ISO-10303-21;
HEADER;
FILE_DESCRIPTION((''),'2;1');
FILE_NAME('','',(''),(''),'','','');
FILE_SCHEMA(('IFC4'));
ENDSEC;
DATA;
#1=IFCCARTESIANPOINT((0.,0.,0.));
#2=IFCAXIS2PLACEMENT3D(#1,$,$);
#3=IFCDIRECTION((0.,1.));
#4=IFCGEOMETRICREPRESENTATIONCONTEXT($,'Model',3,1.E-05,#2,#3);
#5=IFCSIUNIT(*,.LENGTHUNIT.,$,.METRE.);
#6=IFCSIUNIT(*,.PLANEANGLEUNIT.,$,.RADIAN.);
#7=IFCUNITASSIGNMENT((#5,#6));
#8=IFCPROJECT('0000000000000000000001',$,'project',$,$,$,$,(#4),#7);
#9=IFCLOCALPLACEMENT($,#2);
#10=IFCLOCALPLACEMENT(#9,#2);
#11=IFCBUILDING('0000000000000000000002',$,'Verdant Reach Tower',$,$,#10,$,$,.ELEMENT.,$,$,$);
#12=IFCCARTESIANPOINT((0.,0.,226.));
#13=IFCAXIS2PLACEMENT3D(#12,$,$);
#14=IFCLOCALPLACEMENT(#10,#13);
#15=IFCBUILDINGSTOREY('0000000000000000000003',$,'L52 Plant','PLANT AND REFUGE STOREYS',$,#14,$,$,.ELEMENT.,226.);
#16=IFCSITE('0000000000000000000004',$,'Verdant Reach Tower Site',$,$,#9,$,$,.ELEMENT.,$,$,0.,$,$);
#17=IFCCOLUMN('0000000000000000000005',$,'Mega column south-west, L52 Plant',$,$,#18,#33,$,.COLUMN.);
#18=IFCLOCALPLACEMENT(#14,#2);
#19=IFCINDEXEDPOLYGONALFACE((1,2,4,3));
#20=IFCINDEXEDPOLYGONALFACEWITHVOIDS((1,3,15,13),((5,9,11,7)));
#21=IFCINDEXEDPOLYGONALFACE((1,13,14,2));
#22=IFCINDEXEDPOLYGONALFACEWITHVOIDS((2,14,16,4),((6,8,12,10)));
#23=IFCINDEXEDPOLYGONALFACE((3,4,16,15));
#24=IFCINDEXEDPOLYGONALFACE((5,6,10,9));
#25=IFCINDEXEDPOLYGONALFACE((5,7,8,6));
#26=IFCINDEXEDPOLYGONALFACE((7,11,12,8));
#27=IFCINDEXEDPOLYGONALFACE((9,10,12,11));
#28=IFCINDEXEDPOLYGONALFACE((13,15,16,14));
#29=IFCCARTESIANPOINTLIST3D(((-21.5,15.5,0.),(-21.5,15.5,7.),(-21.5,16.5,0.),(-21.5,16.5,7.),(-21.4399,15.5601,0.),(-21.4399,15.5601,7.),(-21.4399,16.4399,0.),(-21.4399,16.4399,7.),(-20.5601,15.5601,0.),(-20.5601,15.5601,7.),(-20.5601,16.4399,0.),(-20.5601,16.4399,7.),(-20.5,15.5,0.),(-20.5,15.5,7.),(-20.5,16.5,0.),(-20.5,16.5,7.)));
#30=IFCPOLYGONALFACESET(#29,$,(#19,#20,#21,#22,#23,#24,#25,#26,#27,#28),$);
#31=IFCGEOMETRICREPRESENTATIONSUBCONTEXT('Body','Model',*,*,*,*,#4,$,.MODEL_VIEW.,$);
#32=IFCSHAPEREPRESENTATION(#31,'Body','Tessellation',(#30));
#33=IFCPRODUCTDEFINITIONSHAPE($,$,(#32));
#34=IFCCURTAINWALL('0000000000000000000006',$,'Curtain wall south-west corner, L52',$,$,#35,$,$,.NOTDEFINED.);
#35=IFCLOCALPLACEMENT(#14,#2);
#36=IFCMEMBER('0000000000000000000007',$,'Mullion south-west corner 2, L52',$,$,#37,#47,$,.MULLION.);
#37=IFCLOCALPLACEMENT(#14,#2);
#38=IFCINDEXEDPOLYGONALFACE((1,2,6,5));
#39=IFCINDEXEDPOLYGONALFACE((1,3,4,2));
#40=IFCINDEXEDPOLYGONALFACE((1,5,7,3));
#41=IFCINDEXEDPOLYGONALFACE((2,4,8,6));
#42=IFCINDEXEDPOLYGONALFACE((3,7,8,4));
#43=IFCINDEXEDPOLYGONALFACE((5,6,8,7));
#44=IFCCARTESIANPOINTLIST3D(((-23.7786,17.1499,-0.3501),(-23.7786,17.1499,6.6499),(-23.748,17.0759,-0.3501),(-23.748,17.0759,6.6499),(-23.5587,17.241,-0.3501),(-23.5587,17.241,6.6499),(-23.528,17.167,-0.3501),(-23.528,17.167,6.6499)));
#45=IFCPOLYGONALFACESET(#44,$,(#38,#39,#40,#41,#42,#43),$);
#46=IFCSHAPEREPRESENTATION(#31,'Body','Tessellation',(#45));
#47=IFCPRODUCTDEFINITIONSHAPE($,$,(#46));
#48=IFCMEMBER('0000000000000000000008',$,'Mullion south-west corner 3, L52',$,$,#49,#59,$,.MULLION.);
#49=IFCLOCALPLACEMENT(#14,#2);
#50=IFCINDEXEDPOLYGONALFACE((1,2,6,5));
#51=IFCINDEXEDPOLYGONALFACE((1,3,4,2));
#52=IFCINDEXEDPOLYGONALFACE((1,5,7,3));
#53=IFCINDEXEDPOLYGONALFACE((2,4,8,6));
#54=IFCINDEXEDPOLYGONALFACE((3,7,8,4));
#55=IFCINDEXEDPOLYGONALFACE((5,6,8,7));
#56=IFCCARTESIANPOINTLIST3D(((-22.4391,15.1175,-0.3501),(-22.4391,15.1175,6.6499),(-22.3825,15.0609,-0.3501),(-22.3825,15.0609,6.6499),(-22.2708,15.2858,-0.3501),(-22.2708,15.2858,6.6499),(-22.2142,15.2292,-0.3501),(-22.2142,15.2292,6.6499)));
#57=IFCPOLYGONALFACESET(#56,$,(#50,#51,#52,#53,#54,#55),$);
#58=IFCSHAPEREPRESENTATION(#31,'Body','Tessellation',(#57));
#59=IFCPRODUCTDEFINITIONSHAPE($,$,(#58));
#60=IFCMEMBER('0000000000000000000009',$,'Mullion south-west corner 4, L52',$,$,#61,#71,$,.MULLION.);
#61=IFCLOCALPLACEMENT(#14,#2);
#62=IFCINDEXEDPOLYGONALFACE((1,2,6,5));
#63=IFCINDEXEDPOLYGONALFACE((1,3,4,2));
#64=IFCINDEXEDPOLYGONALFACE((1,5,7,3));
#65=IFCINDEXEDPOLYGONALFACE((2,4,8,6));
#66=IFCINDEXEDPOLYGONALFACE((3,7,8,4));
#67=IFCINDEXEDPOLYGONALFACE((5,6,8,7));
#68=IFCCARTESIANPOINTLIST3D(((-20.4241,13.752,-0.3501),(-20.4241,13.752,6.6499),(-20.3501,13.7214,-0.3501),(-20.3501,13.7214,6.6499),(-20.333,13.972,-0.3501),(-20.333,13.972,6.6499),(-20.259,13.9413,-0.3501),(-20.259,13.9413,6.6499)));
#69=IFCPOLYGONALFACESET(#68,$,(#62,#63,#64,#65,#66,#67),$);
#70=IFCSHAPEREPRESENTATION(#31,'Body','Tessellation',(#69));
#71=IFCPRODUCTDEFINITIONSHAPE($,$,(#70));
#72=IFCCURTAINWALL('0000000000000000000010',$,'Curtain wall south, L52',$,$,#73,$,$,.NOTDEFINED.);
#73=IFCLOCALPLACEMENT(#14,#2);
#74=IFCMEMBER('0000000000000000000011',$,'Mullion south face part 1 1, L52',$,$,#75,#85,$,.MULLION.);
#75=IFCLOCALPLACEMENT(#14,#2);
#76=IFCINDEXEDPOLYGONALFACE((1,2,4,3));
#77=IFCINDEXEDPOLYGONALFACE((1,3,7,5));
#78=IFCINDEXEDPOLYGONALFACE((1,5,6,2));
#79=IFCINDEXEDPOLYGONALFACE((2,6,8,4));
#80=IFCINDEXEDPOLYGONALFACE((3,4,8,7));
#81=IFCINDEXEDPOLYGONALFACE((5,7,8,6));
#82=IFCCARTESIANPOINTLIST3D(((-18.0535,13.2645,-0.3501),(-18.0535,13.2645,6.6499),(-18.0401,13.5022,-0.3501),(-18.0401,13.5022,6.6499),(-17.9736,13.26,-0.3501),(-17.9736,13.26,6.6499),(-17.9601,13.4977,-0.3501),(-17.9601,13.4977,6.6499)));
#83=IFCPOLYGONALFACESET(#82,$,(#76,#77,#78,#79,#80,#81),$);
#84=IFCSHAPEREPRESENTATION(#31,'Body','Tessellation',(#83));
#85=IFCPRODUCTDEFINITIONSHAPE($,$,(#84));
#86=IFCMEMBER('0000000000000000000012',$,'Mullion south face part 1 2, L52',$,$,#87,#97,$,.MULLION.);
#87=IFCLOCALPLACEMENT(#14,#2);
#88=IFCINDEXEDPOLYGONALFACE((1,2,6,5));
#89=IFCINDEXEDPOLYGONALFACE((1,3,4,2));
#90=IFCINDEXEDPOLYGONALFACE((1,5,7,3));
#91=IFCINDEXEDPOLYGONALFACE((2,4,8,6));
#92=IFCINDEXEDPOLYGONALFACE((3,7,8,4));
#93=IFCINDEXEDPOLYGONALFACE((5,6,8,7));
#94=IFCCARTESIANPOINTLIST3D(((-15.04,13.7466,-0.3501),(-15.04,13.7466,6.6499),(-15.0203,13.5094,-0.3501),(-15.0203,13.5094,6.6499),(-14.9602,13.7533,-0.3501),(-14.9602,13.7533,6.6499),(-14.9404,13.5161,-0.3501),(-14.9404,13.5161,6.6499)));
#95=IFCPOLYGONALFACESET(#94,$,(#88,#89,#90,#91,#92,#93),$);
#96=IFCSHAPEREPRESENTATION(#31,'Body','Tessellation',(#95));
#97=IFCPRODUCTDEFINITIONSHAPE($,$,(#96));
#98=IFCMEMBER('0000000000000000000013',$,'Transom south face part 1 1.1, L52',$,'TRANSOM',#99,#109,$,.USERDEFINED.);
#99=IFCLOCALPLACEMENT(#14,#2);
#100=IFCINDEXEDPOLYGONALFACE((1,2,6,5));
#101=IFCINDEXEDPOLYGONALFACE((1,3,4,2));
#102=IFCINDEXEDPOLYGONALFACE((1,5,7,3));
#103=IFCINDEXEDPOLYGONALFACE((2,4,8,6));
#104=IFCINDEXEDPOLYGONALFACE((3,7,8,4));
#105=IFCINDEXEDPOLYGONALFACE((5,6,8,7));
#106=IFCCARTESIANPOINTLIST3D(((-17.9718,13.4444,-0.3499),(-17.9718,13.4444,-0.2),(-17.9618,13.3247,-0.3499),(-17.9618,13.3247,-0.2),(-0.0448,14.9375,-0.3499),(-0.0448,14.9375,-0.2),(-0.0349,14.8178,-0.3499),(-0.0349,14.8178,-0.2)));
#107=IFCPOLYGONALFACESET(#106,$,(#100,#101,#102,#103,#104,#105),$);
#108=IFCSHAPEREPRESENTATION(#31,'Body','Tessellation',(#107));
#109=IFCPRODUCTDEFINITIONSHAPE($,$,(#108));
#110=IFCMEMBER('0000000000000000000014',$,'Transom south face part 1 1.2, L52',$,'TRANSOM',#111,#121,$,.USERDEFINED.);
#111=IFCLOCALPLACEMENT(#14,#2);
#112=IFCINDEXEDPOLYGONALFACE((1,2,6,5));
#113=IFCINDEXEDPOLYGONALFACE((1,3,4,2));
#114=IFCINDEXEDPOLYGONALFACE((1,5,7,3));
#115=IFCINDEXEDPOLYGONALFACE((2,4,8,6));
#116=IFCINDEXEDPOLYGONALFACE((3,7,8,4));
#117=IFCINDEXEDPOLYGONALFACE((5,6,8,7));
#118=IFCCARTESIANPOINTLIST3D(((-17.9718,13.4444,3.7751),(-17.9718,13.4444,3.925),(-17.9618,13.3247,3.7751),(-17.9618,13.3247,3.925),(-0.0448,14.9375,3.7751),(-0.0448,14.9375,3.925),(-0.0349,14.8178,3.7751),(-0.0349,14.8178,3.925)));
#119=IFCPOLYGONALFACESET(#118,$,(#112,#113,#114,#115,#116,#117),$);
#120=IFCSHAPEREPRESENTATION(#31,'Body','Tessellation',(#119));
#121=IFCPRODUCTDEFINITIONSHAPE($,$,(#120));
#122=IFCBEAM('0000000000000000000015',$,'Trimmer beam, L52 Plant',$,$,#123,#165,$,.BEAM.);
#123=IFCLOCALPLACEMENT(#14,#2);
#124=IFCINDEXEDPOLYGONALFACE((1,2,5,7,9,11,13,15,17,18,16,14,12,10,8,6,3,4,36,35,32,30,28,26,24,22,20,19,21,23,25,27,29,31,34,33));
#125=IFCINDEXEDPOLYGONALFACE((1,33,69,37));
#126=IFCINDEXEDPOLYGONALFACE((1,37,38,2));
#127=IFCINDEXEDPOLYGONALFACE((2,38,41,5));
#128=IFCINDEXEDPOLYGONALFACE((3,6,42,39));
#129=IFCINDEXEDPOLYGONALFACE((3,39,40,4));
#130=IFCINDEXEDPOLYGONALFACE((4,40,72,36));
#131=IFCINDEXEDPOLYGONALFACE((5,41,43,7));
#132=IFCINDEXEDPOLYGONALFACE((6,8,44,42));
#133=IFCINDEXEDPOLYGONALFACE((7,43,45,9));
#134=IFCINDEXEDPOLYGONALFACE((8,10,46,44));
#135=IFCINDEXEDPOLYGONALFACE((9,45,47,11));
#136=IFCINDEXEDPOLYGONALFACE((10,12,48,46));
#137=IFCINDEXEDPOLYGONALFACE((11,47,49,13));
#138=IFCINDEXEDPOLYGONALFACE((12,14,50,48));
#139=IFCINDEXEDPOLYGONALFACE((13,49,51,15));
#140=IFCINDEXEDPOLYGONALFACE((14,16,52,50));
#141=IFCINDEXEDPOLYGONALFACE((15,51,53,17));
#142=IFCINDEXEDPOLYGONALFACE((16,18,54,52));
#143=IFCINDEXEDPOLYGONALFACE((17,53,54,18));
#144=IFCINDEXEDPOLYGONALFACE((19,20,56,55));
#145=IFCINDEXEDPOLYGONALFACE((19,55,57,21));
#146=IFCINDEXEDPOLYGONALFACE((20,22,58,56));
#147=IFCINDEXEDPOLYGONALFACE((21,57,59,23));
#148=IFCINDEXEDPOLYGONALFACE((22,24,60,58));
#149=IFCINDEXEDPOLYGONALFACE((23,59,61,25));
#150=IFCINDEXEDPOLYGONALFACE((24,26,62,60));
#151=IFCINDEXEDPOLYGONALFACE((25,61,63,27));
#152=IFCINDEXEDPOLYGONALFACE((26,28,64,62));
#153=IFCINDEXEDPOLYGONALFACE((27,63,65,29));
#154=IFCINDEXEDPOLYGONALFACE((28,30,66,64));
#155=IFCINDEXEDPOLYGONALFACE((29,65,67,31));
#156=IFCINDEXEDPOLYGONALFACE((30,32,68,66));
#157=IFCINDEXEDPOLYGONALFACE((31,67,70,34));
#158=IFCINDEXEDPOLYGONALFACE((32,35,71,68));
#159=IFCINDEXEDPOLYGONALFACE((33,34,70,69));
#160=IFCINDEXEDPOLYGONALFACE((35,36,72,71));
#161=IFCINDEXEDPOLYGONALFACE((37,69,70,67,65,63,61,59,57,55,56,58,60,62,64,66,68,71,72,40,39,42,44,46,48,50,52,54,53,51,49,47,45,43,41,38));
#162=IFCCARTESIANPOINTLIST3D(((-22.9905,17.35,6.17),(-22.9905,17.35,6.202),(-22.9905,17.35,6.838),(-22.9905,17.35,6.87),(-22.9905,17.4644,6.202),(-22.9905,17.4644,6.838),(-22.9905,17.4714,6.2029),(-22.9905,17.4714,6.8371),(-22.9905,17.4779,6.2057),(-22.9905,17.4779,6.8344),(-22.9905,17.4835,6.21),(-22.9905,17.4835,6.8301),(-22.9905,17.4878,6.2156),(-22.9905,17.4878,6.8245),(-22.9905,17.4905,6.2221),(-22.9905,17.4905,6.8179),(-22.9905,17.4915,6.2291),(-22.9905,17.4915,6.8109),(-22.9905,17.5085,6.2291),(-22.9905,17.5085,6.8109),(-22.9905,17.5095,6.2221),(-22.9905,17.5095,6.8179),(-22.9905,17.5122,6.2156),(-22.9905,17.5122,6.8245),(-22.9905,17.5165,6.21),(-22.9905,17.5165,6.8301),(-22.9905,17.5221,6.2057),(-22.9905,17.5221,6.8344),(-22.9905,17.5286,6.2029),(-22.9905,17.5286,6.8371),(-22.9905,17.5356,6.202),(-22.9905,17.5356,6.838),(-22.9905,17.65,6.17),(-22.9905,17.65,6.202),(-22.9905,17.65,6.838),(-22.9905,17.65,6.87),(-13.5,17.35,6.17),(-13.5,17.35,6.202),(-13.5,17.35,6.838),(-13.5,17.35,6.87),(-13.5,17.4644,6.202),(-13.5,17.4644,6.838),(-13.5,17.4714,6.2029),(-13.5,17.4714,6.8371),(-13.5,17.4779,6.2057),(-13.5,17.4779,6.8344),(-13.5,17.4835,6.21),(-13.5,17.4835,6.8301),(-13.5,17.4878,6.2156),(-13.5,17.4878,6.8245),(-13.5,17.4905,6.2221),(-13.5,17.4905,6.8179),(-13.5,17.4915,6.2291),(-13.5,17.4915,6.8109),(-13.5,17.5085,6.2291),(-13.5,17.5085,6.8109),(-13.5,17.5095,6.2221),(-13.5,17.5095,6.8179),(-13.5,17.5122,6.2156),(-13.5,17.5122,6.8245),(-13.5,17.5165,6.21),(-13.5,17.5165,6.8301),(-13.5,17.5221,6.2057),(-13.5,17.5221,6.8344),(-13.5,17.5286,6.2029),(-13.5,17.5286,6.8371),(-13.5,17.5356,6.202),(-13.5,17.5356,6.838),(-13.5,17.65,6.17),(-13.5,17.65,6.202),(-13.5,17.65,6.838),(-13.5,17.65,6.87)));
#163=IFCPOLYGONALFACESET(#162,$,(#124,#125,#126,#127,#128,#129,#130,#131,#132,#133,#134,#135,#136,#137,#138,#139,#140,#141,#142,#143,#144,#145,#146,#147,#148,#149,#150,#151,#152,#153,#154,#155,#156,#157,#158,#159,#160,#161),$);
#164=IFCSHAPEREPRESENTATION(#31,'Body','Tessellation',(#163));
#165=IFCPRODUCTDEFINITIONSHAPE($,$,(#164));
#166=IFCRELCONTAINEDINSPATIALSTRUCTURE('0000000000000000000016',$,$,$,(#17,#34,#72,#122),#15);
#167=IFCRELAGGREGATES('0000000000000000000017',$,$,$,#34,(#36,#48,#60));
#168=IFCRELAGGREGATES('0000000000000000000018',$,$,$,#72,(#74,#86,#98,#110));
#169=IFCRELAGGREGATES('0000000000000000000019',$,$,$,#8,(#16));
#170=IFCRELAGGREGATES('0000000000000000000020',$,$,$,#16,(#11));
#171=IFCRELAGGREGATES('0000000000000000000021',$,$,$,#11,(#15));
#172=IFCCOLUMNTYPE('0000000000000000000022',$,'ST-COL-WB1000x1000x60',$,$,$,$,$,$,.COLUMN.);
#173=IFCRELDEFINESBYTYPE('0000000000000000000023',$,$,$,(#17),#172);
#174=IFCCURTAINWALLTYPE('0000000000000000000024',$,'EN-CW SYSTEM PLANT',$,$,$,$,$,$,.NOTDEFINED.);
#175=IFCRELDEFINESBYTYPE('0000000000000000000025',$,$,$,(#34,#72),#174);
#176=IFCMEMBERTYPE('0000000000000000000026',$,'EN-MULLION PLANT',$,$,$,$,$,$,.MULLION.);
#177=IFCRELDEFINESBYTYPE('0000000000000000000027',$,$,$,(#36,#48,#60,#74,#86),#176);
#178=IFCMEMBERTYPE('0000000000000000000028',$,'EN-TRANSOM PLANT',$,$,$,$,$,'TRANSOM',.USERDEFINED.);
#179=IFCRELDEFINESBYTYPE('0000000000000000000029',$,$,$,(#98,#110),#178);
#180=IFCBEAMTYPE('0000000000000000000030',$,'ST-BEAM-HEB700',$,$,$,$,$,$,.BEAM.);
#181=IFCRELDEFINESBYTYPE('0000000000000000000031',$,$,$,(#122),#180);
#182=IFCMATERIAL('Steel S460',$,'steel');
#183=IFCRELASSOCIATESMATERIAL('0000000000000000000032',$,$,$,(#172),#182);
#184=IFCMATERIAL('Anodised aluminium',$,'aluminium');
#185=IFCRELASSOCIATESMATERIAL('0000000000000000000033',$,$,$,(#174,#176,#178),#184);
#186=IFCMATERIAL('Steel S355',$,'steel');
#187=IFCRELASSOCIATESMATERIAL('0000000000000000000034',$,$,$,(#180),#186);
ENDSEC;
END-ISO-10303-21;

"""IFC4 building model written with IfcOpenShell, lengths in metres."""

from ifc_helpers import new_model, si_unit, direction, frame, origin, origin_2d, place, context, subcontext, project, spatial, rectangle, hollow_rectangle, i_section, extrude, material, material_profile, profile_set, type_object, element, aggregate, save


model = new_model("IFC4")

# Units and contexts
model_context = context("Model", 3, precision=1e-05, world=origin(), true_north=direction((0.0, 1.0)))
body_context = subcontext(model_context, "Body", "Model", "MODEL_VIEW")
ifc_project = project(units=[si_unit("LENGTHUNIT", "METRE"), si_unit("PLANEANGLEUNIT", "RADIAN")], contexts=[model_context])

# Site, building, storey
site_placement = place(None, origin())
site = spatial("IfcSite", under=ifc_project, at=site_placement, Name="Verdant Reach Tower Site", CompositionType="ELEMENT", RefElevation=0.0)
building_placement = place(site_placement, origin())
building = spatial("IfcBuilding", under=site, at=building_placement, Name="Verdant Reach Tower", CompositionType="ELEMENT")
storey_placement = place(building_placement, frame((0.0, 0.0, 226.0)))
storey = spatial("IfcBuildingStorey", under=building, at=storey_placement, Name="L52 Plant", Description="PLANT AND REFUGE STOREYS", CompositionType="ELEMENT", Elevation=226.0)

# Column
ifc_material_1 = material(Name="Steel S460", Category="steel")
ifc_material_profile_1 = material_profile(ifc_material_1, hollow_rectangle(XDim=1.0, YDim=1.0, WallThickness=0.0601, at=origin_2d()), Name="WB 1000x1000x60")
ifc_profile_set_1 = profile_set([ifc_material_profile_1], Name="Steel S460")
column_type = type_object("IfcColumnType", Name="ST-COL-WB1000x1000x60", PredefinedType="COLUMN", material=ifc_profile_set_1)
column_placement = place(storey_placement, frame((-21.0, 16.0, 0.0), z_axis=(0.0, 0.0, 1.0), x_axis=(1.0, 0.0, 0.0)))
element("IfcColumn", 1, at=column_placement, inside=storey, type_object=column_type, Name="Mega column south-west, L52 Plant", PredefinedType="COLUMN", context=body_context, shape_type="SweptSolid", body=[
    extrude(hollow_rectangle(XDim=1.0, YDim=1.0, WallThickness=0.0601, at=origin_2d()), origin(), (0.0, 0.0, 1.0), 7.0),
])

# Curtain walls, members
ifc_material_2 = material(Name="Anodised aluminium", Category="aluminium")
curtain_wall_type = type_object("IfcCurtainWallType", Name="EN-CW SYSTEM PLANT", PredefinedType="NOTDEFINED", material=ifc_material_2)
curtain_wall_1_placement = place(storey_placement, origin())
curtain_wall_1 = element("IfcCurtainWall", 2, at=curtain_wall_1_placement, inside=storey, type_object=curtain_wall_type, Name="Curtain wall south-west corner, L52", PredefinedType="NOTDEFINED")
ifc_material_profile_2 = material_profile(ifc_material_2, rectangle(XDim=0.238, YDim=0.0801, at=origin_2d()), Name="Mullion 80x240")
ifc_profile_set_2 = profile_set([ifc_material_profile_2], Name="Anodised aluminium")
member_type_1 = type_object("IfcMemberType", Name="EN-MULLION PLANT", PredefinedType="MULLION", material=ifc_profile_set_2)
member_1_placement = place(storey_placement, frame((-23.6533, 17.1584, -0.3501), z_axis=(0.0, 0.0, 1.0), x_axis=(-0.923875, -0.382694, 0.0)))
member_1 = element("IfcMember", 3, at=member_1_placement, type_object=member_type_1, Name="Mullion south-west corner 2, L52", PredefinedType="MULLION", context=body_context, shape_type="SweptSolid", body=[
    extrude(rectangle(XDim=0.238, YDim=0.0801, at=origin_2d()), origin(), (0.0, 0.0, 1.0), 7.0),
])
member_2_placement = place(storey_placement, frame((-22.3267, 15.1733, -0.3501), z_axis=(0.0, 0.0, 1.0), x_axis=(-0.707107, -0.707107, 0.0)))
member_2 = element("IfcMember", 4, at=member_2_placement, type_object=member_type_1, Name="Mullion south-west corner 3, L52", PredefinedType="MULLION", context=body_context, shape_type="SweptSolid", body=[
    extrude(rectangle(XDim=0.238, YDim=0.0801, at=origin_2d()), origin(), (0.0, 0.0, 1.0), 7.0),
])
member_3_placement = place(storey_placement, frame((-20.3416, 13.8467, -0.3501), z_axis=(0.0, 0.0, 1.0), x_axis=(-0.382694, -0.923875, 0.0)))
member_3 = element("IfcMember", 5, at=member_3_placement, type_object=member_type_1, Name="Mullion south-west corner 4, L52", PredefinedType="MULLION", context=body_context, shape_type="SweptSolid", body=[
    extrude(rectangle(XDim=0.238, YDim=0.0801, at=origin_2d()), origin(), (0.0, 0.0, 1.0), 7.0),
])
curtain_wall_2_placement = place(storey_placement, origin())
curtain_wall_2 = element("IfcCurtainWall", 6, at=curtain_wall_2_placement, inside=storey, type_object=curtain_wall_type, Name="Curtain wall south, L52", PredefinedType="NOTDEFINED")
member_4_placement = place(storey_placement, frame((-18.0068, 13.3811, -0.3501), z_axis=(0.0, 0.0, 1.0), x_axis=(-0.056569, -0.998399, 0.0)))
member_4 = element("IfcMember", 7, at=member_4_placement, type_object=member_type_1, Name="Mullion south face part 1 1, L52", PredefinedType="MULLION", context=body_context, shape_type="SweptSolid", body=[
    extrude(rectangle(XDim=0.238, YDim=0.0801, at=origin_2d()), origin(), (0.0, 0.0, 1.0), 7.0),
])
member_5_placement = place(storey_placement, frame((-14.9902, 13.6313, -0.3501), z_axis=(0.0, 0.0, 1.0), x_axis=(0.083045, -0.996546, 0.0)))
member_5 = element("IfcMember", 8, at=member_5_placement, type_object=member_type_1, Name="Mullion south face part 1 2, L52", PredefinedType="MULLION", context=body_context, shape_type="SweptSolid", body=[
    extrude(rectangle(XDim=0.238, YDim=0.0801, at=origin_2d()), origin(), (0.0, 0.0, 1.0), 7.0),
])
ifc_material_profile_3 = material_profile(ifc_material_2, rectangle(XDim=0.1201, YDim=0.1499, at=origin_2d()), Name="Transom 150x120")
ifc_profile_set_3 = profile_set([ifc_material_profile_3], Name="Anodised aluminium")
member_type_2 = type_object("IfcMemberType", Name="EN-TRANSOM PLANT", ElementType="TRANSOM", PredefinedType="USERDEFINED", material=ifc_profile_set_3)
member_6_placement = place(storey_placement, frame((-17.9668, 13.3845, -0.2749), z_axis=(0.996549, 0.083004, 0.0), x_axis=(-0.083004, 0.996549, 0.0)))
member_6 = element("IfcMember", 9, at=member_6_placement, type_object=member_type_2, Name="Transom south face part 1 1.1, L52", ObjectType="TRANSOM", PredefinedType="USERDEFINED", context=body_context, shape_type="SweptSolid", body=[
    extrude(rectangle(XDim=0.1201, YDim=0.1499, at=origin_2d()), origin(), (0.0, 0.0, 1.0), 17.989),
])
member_7_placement = place(storey_placement, frame((-17.9668, 13.3845, 3.8501), z_axis=(0.996549, 0.083004, 0.0), x_axis=(-0.083004, 0.996549, 0.0)))
member_7 = element("IfcMember", 10, at=member_7_placement, type_object=member_type_2, Name="Transom south face part 1 1.2, L52", ObjectType="TRANSOM", PredefinedType="USERDEFINED", context=body_context, shape_type="SweptSolid", body=[
    extrude(rectangle(XDim=0.1201, YDim=0.1499, at=origin_2d()), origin(), (0.0, 0.0, 1.0), 17.989),
])

# Beam
ifc_material_3 = material(Name="Steel S355", Category="steel")
ifc_material_profile_4 = material_profile(ifc_material_3, i_section(OverallWidth=0.3, OverallDepth=0.7, WebThickness=0.0171, FlangeThickness=0.032, FilletRadius=0.0271, at=origin_2d()), Name="HEB 700")
ifc_profile_set_4 = profile_set([ifc_material_profile_4], Name="Steel S355")
beam_type_1 = type_object("IfcBeamType", Name="ST-BEAM-HEB700", PredefinedType="BEAM", material=ifc_profile_set_4)
beam_1_placement = place(storey_placement, frame((-13.5, 17.5, 6.52), z_axis=(-1.0, 0.0, 0.0), x_axis=(0.0, -1.0, 0.0)))
element("IfcBeam", 11, at=beam_1_placement, inside=storey, type_object=beam_type_1, Name="Trimmer beam, L52 Plant", PredefinedType="BEAM", context=body_context, shape_type="SweptSolid", body=[
    extrude(i_section(OverallWidth=0.3, OverallDepth=0.7, WebThickness=0.0171, FlangeThickness=0.032, FilletRadius=0.0271, at=origin_2d()), origin(), (0.0, 0.0, 1.0), 9.4905),
])

aggregate(curtain_wall_1, [member_1, member_2, member_3])
aggregate(curtain_wall_2, [member_4, member_5, member_6, member_7])

save(model, "model.ifc")
